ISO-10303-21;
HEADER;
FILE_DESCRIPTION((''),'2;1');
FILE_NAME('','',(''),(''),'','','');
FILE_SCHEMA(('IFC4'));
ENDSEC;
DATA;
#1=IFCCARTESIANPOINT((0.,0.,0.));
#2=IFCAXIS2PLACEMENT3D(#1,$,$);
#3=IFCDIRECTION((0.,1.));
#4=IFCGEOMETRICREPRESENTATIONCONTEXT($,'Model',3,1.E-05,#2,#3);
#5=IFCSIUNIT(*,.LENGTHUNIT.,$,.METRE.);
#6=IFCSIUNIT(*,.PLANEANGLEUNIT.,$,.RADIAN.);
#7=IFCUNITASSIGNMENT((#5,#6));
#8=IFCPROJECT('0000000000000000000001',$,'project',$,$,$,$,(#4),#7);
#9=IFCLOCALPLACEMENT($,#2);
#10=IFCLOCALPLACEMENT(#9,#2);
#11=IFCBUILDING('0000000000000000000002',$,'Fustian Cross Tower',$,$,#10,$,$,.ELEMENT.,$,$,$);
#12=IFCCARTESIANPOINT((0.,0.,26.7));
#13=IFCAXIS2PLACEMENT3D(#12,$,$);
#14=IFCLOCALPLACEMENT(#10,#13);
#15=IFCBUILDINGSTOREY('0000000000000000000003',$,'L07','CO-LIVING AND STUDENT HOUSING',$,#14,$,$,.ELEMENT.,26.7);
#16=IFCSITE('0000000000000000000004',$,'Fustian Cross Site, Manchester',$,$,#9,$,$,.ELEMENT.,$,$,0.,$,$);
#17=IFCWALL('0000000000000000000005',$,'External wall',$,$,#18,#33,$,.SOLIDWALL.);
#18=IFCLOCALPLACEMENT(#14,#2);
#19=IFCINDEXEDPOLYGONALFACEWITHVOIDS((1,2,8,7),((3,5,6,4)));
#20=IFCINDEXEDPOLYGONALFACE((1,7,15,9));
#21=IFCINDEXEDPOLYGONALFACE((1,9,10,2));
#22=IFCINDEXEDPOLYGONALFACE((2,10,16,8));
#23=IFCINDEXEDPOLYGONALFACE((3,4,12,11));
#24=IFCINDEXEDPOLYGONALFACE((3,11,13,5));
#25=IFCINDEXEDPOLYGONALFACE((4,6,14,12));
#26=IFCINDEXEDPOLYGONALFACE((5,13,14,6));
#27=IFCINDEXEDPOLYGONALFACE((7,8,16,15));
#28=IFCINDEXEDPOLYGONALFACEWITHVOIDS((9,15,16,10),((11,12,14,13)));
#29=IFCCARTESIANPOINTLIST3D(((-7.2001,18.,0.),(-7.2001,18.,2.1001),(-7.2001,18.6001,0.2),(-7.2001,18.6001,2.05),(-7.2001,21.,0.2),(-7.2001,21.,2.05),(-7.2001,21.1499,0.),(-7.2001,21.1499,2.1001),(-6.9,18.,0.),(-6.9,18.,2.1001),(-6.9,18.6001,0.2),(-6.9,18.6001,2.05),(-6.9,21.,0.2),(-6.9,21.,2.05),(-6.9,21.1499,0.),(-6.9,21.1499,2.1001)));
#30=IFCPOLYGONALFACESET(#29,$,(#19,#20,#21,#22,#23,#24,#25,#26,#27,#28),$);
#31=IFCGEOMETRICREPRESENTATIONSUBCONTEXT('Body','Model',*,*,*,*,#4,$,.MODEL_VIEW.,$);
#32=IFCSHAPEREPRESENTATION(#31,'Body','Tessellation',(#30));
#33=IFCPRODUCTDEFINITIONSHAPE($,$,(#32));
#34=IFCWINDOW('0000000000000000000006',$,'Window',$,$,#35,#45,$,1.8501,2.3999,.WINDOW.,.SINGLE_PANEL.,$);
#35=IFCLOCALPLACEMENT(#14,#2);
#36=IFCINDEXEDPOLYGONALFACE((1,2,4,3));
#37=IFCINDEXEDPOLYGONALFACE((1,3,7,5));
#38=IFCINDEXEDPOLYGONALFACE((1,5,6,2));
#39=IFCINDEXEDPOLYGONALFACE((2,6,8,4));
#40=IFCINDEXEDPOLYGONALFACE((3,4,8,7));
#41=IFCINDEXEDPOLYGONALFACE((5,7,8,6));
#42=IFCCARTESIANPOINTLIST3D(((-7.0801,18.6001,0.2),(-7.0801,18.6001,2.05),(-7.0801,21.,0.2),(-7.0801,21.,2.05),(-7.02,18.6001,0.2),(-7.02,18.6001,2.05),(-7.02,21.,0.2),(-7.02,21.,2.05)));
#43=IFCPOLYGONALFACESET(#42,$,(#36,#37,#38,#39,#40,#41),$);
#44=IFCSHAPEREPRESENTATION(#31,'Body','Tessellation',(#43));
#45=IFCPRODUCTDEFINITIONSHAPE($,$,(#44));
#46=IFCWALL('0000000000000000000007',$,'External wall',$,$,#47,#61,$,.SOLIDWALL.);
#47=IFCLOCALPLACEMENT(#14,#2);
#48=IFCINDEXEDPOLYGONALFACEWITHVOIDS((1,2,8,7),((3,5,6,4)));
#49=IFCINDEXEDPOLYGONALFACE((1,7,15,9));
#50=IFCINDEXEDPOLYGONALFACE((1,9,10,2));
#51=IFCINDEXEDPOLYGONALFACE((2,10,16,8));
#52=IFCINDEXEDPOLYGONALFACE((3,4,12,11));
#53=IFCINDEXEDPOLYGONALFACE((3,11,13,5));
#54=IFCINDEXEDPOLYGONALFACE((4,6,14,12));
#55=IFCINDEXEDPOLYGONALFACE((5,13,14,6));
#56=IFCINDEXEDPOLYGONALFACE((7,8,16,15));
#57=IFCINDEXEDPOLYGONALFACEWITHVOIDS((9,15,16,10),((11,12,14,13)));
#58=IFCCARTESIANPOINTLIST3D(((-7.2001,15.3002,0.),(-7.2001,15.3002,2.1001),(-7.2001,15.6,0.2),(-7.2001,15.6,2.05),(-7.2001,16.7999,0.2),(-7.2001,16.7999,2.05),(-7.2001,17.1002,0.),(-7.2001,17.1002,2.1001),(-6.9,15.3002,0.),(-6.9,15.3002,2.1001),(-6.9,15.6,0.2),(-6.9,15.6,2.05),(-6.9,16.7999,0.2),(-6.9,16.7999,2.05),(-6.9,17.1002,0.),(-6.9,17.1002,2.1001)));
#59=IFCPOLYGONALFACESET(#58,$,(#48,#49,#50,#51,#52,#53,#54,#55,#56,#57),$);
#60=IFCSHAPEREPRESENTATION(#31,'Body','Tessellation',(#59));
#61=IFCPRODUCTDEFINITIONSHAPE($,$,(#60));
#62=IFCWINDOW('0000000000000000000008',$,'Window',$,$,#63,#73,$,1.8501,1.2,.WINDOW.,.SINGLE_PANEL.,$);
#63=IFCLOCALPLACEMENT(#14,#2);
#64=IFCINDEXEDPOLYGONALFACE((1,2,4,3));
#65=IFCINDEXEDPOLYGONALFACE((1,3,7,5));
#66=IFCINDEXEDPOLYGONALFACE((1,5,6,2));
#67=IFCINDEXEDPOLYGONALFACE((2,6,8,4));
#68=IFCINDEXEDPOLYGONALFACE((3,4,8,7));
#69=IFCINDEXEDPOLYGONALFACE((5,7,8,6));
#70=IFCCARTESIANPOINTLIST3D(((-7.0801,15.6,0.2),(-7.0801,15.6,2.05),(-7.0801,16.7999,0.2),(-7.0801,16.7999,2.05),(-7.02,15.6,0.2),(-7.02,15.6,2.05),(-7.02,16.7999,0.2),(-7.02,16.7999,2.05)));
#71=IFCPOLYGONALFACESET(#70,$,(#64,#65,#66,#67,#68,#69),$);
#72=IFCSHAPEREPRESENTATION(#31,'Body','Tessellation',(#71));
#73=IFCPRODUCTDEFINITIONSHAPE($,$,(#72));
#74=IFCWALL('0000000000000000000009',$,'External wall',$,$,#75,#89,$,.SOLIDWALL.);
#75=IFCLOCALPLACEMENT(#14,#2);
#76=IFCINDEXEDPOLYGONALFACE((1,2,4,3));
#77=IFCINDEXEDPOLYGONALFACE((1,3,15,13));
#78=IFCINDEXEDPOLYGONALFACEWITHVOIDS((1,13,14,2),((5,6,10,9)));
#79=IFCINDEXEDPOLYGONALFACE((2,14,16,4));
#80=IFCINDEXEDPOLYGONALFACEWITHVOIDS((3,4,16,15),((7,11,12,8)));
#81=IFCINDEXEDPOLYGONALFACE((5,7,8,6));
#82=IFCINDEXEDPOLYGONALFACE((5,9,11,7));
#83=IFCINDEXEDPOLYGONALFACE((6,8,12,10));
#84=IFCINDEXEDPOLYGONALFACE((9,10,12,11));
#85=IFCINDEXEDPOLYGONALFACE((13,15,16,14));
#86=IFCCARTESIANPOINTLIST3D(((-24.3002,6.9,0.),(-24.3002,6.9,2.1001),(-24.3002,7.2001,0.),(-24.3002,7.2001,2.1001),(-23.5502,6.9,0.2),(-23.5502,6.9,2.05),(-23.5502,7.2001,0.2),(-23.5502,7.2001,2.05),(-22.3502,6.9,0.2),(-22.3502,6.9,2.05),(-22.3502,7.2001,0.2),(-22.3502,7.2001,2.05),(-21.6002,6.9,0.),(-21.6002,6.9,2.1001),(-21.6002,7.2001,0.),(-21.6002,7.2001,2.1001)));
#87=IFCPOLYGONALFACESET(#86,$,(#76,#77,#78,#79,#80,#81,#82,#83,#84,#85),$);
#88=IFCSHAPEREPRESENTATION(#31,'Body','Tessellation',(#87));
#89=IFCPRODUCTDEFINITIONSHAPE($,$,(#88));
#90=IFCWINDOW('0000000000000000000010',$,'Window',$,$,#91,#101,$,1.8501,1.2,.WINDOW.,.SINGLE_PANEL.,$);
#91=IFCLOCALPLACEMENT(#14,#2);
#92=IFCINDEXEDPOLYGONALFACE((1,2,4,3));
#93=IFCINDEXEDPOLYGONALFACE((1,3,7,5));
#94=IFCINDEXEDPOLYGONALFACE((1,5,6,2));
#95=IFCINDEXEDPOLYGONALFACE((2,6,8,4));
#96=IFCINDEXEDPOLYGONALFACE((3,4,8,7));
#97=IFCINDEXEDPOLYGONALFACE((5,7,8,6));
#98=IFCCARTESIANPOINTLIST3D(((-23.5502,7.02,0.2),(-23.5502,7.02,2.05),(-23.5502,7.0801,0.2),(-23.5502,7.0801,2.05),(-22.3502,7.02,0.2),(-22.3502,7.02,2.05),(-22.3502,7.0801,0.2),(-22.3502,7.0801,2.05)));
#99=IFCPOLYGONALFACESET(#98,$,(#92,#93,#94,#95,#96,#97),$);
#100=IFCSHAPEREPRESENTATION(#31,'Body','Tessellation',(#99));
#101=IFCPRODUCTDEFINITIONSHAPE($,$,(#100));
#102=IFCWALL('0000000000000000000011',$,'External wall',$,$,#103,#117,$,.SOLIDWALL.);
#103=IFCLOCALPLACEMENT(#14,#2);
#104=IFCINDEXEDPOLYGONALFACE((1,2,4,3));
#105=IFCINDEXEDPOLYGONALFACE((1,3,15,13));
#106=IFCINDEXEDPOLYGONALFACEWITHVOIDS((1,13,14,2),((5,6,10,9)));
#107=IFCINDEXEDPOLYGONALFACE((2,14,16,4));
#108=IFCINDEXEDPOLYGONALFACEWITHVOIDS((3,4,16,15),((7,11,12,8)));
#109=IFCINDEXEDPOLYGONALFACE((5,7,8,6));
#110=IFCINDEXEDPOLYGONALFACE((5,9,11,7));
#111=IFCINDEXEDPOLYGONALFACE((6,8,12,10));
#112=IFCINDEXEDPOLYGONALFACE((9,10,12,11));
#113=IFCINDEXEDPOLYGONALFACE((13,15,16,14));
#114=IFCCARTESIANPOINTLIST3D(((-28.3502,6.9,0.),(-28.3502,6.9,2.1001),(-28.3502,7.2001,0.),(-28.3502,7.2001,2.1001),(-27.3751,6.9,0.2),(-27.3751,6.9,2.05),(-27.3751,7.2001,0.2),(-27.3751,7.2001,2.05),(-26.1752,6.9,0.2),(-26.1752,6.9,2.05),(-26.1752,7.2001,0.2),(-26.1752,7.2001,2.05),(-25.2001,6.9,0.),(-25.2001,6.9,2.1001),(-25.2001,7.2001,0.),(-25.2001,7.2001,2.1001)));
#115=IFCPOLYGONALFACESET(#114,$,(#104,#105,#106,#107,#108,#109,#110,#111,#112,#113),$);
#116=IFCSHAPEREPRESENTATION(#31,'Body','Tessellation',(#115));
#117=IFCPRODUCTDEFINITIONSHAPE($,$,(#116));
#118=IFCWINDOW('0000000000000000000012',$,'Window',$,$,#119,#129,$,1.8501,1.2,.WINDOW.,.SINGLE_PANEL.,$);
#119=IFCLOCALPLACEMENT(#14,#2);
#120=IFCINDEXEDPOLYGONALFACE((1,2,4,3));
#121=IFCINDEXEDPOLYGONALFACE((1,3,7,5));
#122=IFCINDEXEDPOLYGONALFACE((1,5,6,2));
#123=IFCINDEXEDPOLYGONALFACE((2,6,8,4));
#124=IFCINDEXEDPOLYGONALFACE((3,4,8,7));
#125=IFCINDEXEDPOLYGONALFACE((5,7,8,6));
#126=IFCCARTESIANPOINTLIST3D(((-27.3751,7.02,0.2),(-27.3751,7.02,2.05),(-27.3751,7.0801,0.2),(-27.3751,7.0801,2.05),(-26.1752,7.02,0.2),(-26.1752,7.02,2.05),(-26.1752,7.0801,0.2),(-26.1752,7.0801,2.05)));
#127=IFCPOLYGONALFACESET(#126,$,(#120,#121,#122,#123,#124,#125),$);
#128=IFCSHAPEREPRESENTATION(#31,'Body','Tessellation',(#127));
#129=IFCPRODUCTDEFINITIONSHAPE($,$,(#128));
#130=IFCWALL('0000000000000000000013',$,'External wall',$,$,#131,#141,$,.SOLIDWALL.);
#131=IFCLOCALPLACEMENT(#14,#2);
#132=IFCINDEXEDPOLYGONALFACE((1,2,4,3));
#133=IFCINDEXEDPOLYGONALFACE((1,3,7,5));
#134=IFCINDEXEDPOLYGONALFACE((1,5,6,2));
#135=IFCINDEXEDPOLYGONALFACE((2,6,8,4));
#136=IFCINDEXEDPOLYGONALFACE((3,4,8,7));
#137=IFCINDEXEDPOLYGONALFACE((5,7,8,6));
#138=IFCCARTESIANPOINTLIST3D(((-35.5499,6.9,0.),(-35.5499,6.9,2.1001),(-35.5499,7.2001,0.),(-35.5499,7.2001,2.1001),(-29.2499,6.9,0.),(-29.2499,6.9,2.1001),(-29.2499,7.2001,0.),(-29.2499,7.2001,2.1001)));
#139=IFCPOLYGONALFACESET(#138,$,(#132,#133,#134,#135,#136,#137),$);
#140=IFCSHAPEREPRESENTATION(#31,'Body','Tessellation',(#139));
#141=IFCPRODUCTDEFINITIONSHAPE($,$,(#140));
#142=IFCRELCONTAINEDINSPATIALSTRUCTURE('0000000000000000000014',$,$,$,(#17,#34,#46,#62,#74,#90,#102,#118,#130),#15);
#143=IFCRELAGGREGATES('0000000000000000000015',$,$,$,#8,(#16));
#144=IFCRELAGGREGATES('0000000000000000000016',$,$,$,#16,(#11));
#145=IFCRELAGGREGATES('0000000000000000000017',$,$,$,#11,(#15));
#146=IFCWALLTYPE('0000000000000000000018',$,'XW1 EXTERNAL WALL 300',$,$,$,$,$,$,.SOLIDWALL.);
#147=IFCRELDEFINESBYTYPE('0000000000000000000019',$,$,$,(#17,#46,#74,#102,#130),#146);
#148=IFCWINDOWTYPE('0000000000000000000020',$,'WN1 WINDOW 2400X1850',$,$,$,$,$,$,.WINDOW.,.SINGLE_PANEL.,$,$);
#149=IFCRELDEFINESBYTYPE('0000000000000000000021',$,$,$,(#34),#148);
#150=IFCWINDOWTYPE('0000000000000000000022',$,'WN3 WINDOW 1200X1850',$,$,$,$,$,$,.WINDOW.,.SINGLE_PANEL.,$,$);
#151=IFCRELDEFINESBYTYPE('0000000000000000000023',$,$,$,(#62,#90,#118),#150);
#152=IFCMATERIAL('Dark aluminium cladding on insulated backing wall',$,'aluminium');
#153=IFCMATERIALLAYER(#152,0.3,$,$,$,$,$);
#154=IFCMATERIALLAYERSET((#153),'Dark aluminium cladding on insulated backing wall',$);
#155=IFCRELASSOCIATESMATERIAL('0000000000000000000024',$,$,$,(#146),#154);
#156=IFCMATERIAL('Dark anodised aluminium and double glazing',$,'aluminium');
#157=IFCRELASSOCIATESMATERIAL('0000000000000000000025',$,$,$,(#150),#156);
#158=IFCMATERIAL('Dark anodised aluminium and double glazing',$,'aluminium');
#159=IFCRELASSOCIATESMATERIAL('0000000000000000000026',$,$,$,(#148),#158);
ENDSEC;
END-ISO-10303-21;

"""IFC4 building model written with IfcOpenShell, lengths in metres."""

from ifc_helpers import new_model, si_unit, direction, frame, frame_2d, origin, place, context, subcontext, project, spatial, rectangle, extrude, material, layer, layer_set, type_object, element, fill, save


model = new_model("IFC4")

# Units and contexts
model_context = context("Model", 3, precision=1e-05, world=origin(), true_north=direction((0.0, 1.0)))
body_context = subcontext(model_context, "Body", "Model", "MODEL_VIEW")
ifc_project = project(units=[si_unit("LENGTHUNIT", "METRE"), si_unit("PLANEANGLEUNIT", "RADIAN")], contexts=[model_context])

# Site, building, storey
site_placement = place(None, origin())
site = spatial("IfcSite", under=ifc_project, at=site_placement, Name="Fustian Cross Site, Manchester", CompositionType="ELEMENT", RefElevation=0.0)
building_placement = place(site_placement, origin())
building = spatial("IfcBuilding", under=site, at=building_placement, Name="Fustian Cross Tower", CompositionType="ELEMENT")
storey_placement = place(building_placement, frame((0.0, 0.0, 26.7)))
storey = spatial("IfcBuildingStorey", under=building, at=storey_placement, Name="L07", Description="CO-LIVING AND STUDENT HOUSING", CompositionType="ELEMENT", Elevation=26.7)

# Shared definitions
ifc_material_1 = material(Name="Dark aluminium cladding on insulated backing wall", Category="aluminium")
ifc_layer_1 = layer(ifc_material_1, 0.3)
ifc_layer_set_1 = layer_set([ifc_layer_1], Name="Dark aluminium cladding on insulated backing wall")
wall_type_1 = type_object("IfcWallType", Name="XW1 EXTERNAL WALL 300", PredefinedType="SOLIDWALL", material=ifc_layer_set_1)
ifc_material_2 = material(Name="Dark anodised aluminium and double glazing", Category="aluminium")
window_type_1 = type_object("IfcWindowType", Name="WN3 WINDOW 1200X1850", PartitioningType="SINGLE_PANEL", PredefinedType="WINDOW", material=ifc_material_2)
ifc_material_3 = material(Name="Dark anodised aluminium and double glazing", Category="aluminium")
window_type_2 = type_object("IfcWindowType", Name="WN1 WINDOW 2400X1850", PartitioningType="SINGLE_PANEL", PredefinedType="WINDOW", material=ifc_material_3)

# Walls, openings, windows
wall_1_placement = place(storey_placement, frame((-7.05, 21.1499, 0.0), z_axis=(0.0, 0.0, 1.0), x_axis=(0.0, -1.0, 0.0)))
wall_1 = element("IfcWall", 1, at=wall_1_placement, inside=storey, type_object=wall_type_1, Name="External wall", PredefinedType="SOLIDWALL", context=body_context, shape_type="SweptSolid", body=[
    extrude(rectangle(XDim=3.1499, YDim=0.3, at=frame_2d((1.575, 0.0))), origin(), (0.0, 0.0, 1.0), 2.1001),
])
opening_1_placement = place(wall_1_placement, frame((0.1499, 0.0, 0.2)))
opening_1 = element("IfcOpeningElement", 2, at=opening_1_placement, cuts=wall_1, PredefinedType="OPENING", context=body_context, shape_type="SweptSolid", body=[
    extrude(rectangle(XDim=2.3999, YDim=1.8501, at=frame_2d((1.2, 0.925))), frame((0.0, 0.1599, 0.0), z_axis=(0.0, -1.0, 0.0), x_axis=(1.0, 0.0, 0.0)), (0.0, 0.0, 1.0), 0.3201),
])
window_1_placement = place(opening_1_placement, origin())
window_1 = element("IfcWindow", 3, at=window_1_placement, inside=storey, type_object=window_type_2, Name="Window", OverallHeight=1.8501, OverallWidth=2.3999, PartitioningType="SINGLE_PANEL", PredefinedType="WINDOW", context=body_context, shape_type="SweptSolid", body=[
    extrude(rectangle(XDim=2.3999, YDim=1.8501, at=frame_2d((1.2, 0.925))), frame((0.0, 0.03, 0.0), z_axis=(0.0, -1.0, 0.0), x_axis=(1.0, 0.0, 0.0)), (0.0, 0.0, 1.0), 0.0601),
])
fill(opening_1, window_1)
wall_2_placement = place(storey_placement, frame((-7.05, 17.1001, 0.0), z_axis=(0.0, 0.0, 1.0), x_axis=(0.0, -1.0, 0.0)))
wall_2 = element("IfcWall", 4, at=wall_2_placement, inside=storey, type_object=wall_type_1, Name="External wall", PredefinedType="SOLIDWALL", context=body_context, shape_type="SweptSolid", body=[
    extrude(rectangle(XDim=1.8, YDim=0.3, at=frame_2d((0.8999, 0.0))), origin(), (0.0, 0.0, 1.0), 2.1001),
])
opening_2_placement = place(wall_2_placement, frame((0.3, 0.0, 0.2)))
opening_2 = element("IfcOpeningElement", 5, at=opening_2_placement, cuts=wall_2, PredefinedType="OPENING", context=body_context, shape_type="SweptSolid", body=[
    extrude(rectangle(XDim=1.2, YDim=1.8501, at=frame_2d((0.6001, 0.925))), frame((0.0, 0.1599, 0.0), z_axis=(0.0, -1.0, 0.0), x_axis=(1.0, 0.0, 0.0)), (0.0, 0.0, 1.0), 0.3201),
])
window_2_placement = place(opening_2_placement, origin())
window_2 = element("IfcWindow", 6, at=window_2_placement, inside=storey, type_object=window_type_1, Name="Window", OverallHeight=1.8501, OverallWidth=1.2, PartitioningType="SINGLE_PANEL", PredefinedType="WINDOW", context=body_context, shape_type="SweptSolid", body=[
    extrude(rectangle(XDim=1.2, YDim=1.8501, at=frame_2d((0.6001, 0.925))), frame((0.0, 0.03, 0.0), z_axis=(0.0, -1.0, 0.0), x_axis=(1.0, 0.0, 0.0)), (0.0, 0.0, 1.0), 0.0601),
])
fill(opening_2, window_2)
wall_3_placement = place(storey_placement, frame((-21.6001, 7.05, 0.0), z_axis=(0.0, 0.0, 1.0), x_axis=(-1.0, 0.0, 0.0)))
wall_3 = element("IfcWall", 7, at=wall_3_placement, inside=storey, type_object=wall_type_1, Name="External wall", PredefinedType="SOLIDWALL", context=body_context, shape_type="SweptSolid", body=[
    extrude(rectangle(XDim=2.7, YDim=0.3, at=frame_2d((1.3501, 0.0))), origin(), (0.0, 0.0, 1.0), 2.1001),
])
opening_3_placement = place(wall_3_placement, frame((0.75, 0.0, 0.2)))
opening_3 = element("IfcOpeningElement", 8, at=opening_3_placement, cuts=wall_3, PredefinedType="OPENING", context=body_context, shape_type="SweptSolid", body=[
    extrude(rectangle(XDim=1.2, YDim=1.8501, at=frame_2d((0.6001, 0.925))), frame((0.0, 0.1599, 0.0), z_axis=(0.0, -1.0, 0.0), x_axis=(1.0, 0.0, 0.0)), (0.0, 0.0, 1.0), 0.3201),
])
window_3_placement = place(opening_3_placement, origin())
window_3 = element("IfcWindow", 9, at=window_3_placement, inside=storey, type_object=window_type_1, Name="Window", OverallHeight=1.8501, OverallWidth=1.2, PartitioningType="SINGLE_PANEL", PredefinedType="WINDOW", context=body_context, shape_type="SweptSolid", body=[
    extrude(rectangle(XDim=1.2, YDim=1.8501, at=frame_2d((0.6001, 0.925))), frame((0.0, 0.03, 0.0), z_axis=(0.0, -1.0, 0.0), x_axis=(1.0, 0.0, 0.0)), (0.0, 0.0, 1.0), 0.0601),
])
fill(opening_3, window_3)
wall_4_placement = place(storey_placement, frame((-25.2, 7.05, 0.0), z_axis=(0.0, 0.0, 1.0), x_axis=(-1.0, 0.0, 0.0)))
wall_4 = element("IfcWall", 10, at=wall_4_placement, inside=storey, type_object=wall_type_1, Name="External wall", PredefinedType="SOLIDWALL", context=body_context, shape_type="SweptSolid", body=[
    extrude(rectangle(XDim=3.1501, YDim=0.3, at=frame_2d((1.5752, 0.0))), origin(), (0.0, 0.0, 1.0), 2.1001),
])
opening_4_placement = place(wall_4_placement, frame((0.9751, 0.0, 0.2)))
opening_4 = element("IfcOpeningElement", 11, at=opening_4_placement, cuts=wall_4, PredefinedType="OPENING", context=body_context, shape_type="SweptSolid", body=[
    extrude(rectangle(XDim=1.2, YDim=1.8501, at=frame_2d((0.6001, 0.925))), frame((0.0, 0.1599, 0.0), z_axis=(0.0, -1.0, 0.0), x_axis=(1.0, 0.0, 0.0)), (0.0, 0.0, 1.0), 0.3201),
])
window_4_placement = place(opening_4_placement, origin())
window_4 = element("IfcWindow", 12, at=window_4_placement, inside=storey, type_object=window_type_1, Name="Window", OverallHeight=1.8501, OverallWidth=1.2, PartitioningType="SINGLE_PANEL", PredefinedType="WINDOW", context=body_context, shape_type="SweptSolid", body=[
    extrude(rectangle(XDim=1.2, YDim=1.8501, at=frame_2d((0.6001, 0.925))), frame((0.0, 0.03, 0.0), z_axis=(0.0, -1.0, 0.0), x_axis=(1.0, 0.0, 0.0)), (0.0, 0.0, 1.0), 0.0601),
])
fill(opening_4, window_4)

# Wall
wall_5_placement = place(storey_placement, frame((-29.25, 7.05, 0.0), z_axis=(0.0, 0.0, 1.0), x_axis=(-1.0, 0.0, 0.0)))
element("IfcWall", 13, at=wall_5_placement, inside=storey, type_object=wall_type_1, Name="External wall", PredefinedType="SOLIDWALL", context=body_context, shape_type="SweptSolid", body=[
    extrude(rectangle(XDim=6.3, YDim=0.3, at=frame_2d((3.1499, 0.0))), origin(), (0.0, 0.0, 1.0), 2.1001),
])

save(model, "model.ifc")
